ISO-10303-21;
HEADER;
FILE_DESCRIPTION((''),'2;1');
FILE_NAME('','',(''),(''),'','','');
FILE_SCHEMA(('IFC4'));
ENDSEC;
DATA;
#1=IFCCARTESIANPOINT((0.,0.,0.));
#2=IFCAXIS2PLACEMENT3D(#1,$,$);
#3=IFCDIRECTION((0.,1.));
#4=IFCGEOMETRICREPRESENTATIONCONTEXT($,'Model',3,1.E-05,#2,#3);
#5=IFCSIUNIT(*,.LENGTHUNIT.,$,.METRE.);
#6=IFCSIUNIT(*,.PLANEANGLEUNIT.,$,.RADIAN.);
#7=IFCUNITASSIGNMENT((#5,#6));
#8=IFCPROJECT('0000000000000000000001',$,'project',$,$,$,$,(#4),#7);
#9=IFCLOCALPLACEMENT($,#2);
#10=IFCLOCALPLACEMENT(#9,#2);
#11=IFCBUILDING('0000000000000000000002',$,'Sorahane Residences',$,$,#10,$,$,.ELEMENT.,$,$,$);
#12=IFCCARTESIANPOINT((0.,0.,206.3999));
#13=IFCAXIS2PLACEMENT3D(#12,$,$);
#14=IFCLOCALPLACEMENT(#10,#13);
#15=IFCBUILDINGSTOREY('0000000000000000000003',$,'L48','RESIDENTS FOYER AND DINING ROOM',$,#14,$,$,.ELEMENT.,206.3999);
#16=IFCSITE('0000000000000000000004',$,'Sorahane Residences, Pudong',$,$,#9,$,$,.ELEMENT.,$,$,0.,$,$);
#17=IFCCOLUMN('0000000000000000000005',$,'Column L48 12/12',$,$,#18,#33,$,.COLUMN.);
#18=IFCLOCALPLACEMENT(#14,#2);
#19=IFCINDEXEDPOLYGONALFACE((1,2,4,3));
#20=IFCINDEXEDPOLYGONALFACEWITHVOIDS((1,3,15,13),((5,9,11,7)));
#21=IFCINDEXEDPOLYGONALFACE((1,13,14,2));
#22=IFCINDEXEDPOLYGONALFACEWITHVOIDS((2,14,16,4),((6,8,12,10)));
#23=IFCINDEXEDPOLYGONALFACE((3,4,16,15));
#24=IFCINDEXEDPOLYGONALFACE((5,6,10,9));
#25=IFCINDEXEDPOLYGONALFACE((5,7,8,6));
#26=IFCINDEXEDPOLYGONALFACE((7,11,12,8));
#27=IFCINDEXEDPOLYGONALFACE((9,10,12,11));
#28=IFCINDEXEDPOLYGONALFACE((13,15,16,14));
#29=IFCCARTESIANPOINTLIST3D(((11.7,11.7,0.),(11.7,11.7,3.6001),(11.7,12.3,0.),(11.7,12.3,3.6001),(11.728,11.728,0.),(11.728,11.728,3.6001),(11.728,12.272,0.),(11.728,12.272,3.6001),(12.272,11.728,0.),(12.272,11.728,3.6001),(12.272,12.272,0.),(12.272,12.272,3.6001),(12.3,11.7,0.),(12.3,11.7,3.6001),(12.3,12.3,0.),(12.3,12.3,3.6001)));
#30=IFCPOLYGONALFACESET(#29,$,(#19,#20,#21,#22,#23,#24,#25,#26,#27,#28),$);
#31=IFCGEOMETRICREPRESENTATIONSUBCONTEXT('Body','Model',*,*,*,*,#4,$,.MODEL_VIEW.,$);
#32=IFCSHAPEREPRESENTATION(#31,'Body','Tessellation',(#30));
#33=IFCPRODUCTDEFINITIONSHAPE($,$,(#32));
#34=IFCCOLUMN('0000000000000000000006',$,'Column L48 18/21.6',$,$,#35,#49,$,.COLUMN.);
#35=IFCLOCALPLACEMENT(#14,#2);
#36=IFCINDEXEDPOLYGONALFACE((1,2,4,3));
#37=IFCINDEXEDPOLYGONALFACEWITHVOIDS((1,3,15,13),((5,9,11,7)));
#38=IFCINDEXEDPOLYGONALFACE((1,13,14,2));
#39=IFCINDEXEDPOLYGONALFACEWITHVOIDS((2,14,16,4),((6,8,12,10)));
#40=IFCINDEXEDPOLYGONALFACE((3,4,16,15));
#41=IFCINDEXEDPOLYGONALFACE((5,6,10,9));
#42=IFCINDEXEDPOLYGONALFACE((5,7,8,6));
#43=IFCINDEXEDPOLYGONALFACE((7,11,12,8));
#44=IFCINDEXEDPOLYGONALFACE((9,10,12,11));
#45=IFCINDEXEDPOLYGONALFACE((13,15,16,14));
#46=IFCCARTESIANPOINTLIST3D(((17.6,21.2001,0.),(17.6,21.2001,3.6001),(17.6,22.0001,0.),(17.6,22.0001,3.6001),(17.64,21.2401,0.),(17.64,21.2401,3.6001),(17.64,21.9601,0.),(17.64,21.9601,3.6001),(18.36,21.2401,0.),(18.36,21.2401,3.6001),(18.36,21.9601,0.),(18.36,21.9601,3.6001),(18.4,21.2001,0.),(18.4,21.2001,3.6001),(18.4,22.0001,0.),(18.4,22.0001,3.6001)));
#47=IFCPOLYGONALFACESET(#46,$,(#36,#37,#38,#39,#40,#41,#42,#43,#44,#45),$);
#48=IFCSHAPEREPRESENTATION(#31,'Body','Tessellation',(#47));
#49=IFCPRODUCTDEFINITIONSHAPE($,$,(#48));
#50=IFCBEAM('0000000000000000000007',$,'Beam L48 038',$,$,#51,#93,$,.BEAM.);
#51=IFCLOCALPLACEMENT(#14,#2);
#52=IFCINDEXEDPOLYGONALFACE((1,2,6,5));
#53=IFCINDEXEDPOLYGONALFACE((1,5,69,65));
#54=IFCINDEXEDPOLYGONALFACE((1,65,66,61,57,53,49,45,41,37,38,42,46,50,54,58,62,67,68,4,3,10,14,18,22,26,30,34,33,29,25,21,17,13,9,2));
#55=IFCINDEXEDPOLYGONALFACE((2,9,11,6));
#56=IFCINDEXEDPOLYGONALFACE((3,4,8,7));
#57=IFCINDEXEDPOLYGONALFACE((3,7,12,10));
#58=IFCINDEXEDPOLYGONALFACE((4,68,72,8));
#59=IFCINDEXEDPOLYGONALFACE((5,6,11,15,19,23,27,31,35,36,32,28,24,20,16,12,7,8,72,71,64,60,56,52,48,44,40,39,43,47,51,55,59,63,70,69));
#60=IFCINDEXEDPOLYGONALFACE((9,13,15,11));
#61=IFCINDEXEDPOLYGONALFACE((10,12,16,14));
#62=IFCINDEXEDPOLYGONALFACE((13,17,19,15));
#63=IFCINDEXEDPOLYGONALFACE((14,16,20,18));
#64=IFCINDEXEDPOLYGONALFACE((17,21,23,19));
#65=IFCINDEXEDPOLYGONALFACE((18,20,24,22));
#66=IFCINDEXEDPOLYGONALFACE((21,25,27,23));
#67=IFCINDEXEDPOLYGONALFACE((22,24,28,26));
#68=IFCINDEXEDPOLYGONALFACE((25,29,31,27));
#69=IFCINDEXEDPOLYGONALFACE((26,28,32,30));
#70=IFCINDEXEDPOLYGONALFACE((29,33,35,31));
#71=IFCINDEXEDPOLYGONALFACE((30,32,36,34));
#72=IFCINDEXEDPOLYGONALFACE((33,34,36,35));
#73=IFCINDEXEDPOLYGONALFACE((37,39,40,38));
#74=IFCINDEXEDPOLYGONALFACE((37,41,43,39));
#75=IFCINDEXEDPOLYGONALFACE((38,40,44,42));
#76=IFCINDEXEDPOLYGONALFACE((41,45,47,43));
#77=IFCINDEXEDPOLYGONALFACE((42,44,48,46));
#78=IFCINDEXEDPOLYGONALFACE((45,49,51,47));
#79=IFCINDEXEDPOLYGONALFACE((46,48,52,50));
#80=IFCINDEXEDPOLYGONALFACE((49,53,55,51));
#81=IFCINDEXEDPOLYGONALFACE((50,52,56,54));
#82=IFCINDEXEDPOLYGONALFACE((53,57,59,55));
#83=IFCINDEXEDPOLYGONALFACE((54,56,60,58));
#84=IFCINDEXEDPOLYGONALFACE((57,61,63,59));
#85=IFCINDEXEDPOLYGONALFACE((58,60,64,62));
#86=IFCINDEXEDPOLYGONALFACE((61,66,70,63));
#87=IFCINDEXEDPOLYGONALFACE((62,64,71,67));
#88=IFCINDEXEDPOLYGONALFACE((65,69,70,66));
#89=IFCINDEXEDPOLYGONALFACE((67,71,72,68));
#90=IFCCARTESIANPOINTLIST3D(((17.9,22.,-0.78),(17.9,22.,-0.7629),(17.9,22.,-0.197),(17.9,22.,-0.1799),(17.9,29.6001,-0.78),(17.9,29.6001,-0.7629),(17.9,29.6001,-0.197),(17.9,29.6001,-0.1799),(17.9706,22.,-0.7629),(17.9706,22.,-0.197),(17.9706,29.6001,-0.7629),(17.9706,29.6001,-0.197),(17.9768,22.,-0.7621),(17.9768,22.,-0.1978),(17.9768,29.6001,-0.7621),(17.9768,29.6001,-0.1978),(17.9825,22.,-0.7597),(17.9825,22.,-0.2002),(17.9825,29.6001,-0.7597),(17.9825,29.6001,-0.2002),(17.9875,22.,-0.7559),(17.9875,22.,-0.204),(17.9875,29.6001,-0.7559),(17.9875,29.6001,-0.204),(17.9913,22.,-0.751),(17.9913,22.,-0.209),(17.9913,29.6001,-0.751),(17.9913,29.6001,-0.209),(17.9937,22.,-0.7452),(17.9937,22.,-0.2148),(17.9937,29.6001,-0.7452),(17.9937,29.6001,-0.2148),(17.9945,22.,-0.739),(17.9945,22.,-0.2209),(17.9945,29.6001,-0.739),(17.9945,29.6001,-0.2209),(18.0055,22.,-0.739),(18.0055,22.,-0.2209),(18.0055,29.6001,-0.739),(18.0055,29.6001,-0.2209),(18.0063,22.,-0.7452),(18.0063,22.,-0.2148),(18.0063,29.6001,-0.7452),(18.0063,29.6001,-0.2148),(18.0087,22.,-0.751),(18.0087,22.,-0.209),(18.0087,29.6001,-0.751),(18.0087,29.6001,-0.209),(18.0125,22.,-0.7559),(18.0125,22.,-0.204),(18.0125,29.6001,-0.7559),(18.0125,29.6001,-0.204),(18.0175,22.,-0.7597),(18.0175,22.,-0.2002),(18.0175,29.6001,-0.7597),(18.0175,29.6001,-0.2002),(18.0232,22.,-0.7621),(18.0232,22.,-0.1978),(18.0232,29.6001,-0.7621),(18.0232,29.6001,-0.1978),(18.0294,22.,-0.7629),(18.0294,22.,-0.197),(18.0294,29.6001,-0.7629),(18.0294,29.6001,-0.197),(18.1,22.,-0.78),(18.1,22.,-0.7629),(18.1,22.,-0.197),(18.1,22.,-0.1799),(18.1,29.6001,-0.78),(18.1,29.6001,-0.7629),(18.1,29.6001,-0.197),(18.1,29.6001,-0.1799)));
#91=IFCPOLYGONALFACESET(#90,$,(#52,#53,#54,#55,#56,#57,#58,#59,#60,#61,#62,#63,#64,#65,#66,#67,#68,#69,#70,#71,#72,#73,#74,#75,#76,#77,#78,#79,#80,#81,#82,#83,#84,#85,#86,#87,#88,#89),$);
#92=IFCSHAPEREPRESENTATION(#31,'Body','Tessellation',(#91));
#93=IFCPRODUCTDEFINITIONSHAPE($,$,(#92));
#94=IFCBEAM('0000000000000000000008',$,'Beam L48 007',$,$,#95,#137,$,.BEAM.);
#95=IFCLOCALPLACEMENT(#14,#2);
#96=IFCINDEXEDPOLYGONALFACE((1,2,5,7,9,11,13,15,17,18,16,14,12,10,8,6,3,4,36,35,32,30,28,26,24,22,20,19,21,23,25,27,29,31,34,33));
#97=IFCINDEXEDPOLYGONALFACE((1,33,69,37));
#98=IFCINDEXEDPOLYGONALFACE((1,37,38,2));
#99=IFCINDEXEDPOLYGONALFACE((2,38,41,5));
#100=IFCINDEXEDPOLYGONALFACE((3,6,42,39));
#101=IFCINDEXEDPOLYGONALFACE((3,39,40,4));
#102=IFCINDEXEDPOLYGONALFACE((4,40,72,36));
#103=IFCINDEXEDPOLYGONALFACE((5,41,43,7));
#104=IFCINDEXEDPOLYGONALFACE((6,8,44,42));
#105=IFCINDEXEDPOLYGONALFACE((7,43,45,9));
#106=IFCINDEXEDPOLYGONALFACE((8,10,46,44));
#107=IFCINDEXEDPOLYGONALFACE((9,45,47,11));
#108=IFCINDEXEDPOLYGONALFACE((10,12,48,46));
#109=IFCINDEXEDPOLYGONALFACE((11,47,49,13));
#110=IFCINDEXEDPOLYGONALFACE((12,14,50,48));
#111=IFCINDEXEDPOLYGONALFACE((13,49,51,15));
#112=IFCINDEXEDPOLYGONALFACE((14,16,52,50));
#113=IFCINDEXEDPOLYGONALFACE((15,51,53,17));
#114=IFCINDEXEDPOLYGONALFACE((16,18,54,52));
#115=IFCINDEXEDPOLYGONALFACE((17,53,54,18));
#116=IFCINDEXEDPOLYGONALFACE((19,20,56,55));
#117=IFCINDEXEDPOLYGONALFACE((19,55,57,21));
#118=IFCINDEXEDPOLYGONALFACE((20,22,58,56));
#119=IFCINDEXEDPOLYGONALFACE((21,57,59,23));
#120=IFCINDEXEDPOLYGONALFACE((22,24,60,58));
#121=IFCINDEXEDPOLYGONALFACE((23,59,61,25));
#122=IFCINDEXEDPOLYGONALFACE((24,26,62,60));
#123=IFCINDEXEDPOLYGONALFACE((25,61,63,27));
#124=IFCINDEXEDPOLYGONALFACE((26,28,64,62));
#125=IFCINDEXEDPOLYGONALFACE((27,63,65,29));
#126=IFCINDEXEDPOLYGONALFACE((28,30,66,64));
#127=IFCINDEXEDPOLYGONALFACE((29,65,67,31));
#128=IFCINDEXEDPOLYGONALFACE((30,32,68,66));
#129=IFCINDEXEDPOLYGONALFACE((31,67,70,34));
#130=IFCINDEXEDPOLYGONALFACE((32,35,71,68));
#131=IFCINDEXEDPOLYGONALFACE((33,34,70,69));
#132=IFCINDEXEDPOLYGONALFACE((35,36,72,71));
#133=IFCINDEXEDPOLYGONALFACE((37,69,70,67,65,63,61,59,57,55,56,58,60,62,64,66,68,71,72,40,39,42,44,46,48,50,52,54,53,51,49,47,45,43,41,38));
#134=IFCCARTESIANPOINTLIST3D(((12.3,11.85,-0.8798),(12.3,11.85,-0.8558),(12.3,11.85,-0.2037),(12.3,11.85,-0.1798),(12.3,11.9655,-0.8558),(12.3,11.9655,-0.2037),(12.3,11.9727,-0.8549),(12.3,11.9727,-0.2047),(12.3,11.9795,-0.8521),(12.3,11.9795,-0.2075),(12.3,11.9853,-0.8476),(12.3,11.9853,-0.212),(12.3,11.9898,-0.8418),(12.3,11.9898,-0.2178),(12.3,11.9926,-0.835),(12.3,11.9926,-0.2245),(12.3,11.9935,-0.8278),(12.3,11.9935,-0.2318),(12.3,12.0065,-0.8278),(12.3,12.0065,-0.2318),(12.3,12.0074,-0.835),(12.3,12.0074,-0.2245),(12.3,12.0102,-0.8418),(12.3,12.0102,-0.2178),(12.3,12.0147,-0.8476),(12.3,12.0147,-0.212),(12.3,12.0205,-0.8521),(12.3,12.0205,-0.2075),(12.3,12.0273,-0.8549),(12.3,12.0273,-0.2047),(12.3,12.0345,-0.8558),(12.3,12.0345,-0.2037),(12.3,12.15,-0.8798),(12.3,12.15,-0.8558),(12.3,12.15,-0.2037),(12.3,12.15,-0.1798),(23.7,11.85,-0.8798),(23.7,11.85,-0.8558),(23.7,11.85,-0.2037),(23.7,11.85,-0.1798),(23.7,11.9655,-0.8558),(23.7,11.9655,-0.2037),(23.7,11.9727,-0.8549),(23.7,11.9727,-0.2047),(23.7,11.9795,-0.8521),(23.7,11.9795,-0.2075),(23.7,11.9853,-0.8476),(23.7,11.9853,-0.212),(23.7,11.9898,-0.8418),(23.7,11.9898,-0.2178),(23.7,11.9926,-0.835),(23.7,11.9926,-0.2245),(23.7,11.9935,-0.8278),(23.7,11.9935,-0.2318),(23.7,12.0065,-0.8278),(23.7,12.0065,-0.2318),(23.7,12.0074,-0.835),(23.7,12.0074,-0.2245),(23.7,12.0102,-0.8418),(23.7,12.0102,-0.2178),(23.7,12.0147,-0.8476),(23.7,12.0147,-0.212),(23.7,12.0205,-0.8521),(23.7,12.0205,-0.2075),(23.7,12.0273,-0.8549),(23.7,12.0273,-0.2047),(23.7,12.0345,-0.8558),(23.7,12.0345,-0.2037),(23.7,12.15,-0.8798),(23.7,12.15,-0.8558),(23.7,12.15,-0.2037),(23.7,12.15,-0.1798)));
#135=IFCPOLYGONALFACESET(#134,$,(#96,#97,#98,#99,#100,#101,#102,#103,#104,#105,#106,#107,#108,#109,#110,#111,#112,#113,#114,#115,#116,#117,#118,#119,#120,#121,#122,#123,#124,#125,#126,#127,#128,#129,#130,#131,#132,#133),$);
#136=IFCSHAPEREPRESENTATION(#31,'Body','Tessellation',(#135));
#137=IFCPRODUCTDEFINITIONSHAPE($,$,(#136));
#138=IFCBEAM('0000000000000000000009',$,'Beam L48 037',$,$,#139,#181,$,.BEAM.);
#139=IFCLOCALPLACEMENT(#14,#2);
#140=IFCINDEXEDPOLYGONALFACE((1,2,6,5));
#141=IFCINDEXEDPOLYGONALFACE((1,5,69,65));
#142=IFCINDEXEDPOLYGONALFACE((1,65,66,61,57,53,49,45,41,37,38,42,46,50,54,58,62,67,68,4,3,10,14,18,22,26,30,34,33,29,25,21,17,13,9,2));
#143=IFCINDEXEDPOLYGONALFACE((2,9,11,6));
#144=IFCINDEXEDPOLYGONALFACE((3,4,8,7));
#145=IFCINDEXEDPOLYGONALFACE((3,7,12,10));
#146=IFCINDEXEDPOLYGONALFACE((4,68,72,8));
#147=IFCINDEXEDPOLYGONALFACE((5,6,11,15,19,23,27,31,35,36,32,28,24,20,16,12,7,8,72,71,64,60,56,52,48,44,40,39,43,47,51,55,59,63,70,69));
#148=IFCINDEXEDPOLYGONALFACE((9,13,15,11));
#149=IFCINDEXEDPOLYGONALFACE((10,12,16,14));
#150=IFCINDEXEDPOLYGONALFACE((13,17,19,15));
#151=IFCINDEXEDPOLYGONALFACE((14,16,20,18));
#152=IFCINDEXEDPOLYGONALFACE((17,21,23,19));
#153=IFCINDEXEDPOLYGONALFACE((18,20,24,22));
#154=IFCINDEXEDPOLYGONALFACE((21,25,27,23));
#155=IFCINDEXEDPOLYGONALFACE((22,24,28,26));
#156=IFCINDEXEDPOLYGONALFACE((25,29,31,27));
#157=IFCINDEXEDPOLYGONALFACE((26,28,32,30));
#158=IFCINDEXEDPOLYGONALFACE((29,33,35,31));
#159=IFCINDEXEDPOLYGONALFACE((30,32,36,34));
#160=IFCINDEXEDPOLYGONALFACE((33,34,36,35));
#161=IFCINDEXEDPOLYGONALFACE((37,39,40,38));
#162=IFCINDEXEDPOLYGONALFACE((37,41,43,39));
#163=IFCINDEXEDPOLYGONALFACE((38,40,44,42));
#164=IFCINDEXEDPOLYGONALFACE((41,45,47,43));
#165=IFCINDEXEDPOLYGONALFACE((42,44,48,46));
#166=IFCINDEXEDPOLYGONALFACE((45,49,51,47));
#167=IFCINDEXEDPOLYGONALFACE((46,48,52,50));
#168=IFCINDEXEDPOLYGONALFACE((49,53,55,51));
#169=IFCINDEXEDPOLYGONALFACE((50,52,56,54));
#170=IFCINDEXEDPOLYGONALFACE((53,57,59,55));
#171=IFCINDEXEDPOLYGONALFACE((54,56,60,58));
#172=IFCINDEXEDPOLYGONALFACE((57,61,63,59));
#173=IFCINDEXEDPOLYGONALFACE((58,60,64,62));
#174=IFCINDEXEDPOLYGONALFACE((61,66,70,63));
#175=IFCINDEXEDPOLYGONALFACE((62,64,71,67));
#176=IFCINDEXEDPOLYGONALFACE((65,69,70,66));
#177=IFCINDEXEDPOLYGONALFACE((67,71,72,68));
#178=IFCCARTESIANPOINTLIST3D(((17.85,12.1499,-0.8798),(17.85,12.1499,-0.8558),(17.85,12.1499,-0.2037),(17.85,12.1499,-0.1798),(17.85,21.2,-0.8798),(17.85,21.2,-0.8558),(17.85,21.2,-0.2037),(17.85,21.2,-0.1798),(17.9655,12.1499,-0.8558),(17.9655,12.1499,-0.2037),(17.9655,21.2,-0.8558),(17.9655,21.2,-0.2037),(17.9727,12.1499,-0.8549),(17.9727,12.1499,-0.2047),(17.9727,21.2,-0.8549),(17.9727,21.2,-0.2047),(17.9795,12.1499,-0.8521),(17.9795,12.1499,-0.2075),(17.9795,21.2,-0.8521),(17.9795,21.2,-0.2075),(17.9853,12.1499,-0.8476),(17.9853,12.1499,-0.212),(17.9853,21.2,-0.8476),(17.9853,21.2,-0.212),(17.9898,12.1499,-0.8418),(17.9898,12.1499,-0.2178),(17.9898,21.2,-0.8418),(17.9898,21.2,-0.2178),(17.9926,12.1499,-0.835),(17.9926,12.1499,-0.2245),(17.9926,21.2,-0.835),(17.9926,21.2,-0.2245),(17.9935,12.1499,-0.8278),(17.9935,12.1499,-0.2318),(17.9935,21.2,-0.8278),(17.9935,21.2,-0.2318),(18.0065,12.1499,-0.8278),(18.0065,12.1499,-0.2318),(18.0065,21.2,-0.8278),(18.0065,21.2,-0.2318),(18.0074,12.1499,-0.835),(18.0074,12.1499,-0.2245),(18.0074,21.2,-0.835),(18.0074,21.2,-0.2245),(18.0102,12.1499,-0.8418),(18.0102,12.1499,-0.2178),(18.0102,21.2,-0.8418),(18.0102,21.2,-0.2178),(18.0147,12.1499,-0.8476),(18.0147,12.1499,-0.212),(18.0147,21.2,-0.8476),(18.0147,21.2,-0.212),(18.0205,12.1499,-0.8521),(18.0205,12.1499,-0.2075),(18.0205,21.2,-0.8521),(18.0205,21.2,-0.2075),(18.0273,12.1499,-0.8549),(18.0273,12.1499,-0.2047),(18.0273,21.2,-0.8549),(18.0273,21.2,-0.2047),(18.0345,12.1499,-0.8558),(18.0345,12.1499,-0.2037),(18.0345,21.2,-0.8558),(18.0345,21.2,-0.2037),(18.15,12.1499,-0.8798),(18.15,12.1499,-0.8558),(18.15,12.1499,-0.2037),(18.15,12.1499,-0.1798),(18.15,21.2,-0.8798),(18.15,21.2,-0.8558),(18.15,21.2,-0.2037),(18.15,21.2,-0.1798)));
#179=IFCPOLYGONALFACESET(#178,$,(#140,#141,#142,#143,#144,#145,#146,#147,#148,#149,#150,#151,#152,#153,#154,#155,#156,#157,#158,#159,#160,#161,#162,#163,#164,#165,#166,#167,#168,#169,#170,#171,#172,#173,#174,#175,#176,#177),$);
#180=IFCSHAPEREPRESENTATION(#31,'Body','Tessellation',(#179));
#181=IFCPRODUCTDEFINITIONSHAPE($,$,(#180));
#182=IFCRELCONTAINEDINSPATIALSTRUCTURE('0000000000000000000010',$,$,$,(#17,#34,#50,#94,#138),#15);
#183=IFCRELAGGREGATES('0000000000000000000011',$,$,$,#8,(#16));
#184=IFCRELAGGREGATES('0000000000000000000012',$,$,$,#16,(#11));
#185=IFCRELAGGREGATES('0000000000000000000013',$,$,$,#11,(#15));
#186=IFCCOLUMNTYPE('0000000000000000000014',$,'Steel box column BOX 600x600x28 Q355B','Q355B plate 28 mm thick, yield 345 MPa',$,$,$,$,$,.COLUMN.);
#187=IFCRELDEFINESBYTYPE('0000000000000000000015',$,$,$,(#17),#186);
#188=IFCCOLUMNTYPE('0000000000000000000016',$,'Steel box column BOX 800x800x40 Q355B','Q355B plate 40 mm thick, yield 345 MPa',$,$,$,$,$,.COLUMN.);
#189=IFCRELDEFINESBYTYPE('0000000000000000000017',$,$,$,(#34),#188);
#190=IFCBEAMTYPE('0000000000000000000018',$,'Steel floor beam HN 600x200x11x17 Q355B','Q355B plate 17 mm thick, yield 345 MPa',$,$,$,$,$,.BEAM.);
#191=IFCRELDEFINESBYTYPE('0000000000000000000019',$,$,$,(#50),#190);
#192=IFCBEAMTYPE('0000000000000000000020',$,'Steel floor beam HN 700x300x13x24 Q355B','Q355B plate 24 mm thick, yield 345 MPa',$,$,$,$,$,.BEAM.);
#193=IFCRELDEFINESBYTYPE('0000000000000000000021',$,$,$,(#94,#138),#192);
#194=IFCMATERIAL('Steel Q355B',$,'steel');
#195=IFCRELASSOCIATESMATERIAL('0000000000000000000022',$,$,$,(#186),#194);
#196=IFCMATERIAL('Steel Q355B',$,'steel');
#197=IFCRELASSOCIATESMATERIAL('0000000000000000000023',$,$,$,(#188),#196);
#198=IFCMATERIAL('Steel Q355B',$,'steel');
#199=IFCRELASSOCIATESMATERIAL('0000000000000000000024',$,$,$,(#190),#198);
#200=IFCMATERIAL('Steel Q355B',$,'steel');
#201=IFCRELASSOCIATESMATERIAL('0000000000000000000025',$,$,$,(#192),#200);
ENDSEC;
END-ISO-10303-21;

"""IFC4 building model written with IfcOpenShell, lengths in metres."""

from ifc_helpers import new_model, si_unit, direction, frame, origin, origin_2d, place, context, subcontext, project, spatial, hollow_rectangle, i_section, extrude, material, material_profile, profile_set, type_object, element, save


model = new_model("IFC4")

# Units and contexts
model_context = context("Model", 3, precision=1e-05, world=origin(), true_north=direction((0.0, 1.0)))
body_context = subcontext(model_context, "Body", "Model", "MODEL_VIEW")
ifc_project = project(units=[si_unit("LENGTHUNIT", "METRE"), si_unit("PLANEANGLEUNIT", "RADIAN")], contexts=[model_context])

# Site, building, storey
site_placement = place(None, origin())
site = spatial("IfcSite", under=ifc_project, at=site_placement, Name="Sorahane Residences, Pudong", CompositionType="ELEMENT", RefElevation=0.0)
building_placement = place(site_placement, origin())
building = spatial("IfcBuilding", under=site, at=building_placement, Name="Sorahane Residences", CompositionType="ELEMENT")
storey_placement = place(building_placement, frame((0.0, 0.0, 206.3999)))
storey = spatial("IfcBuildingStorey", under=building, at=storey_placement, Name="L48", Description="RESIDENTS FOYER AND DINING ROOM", CompositionType="ELEMENT", Elevation=206.3999)

# Columns
ifc_material_1 = material(Name="Steel Q355B", Category="steel")
ifc_material_profile_1 = material_profile(ifc_material_1, hollow_rectangle(XDim=0.6001, YDim=0.6001, WallThickness=0.0281, at=origin_2d()), Name="BOX 600x600x28")
ifc_profile_set_1 = profile_set([ifc_material_profile_1], Name="Steel Q355B")
column_type_1 = type_object("IfcColumnType", Name="Steel box column BOX 600x600x28 Q355B", Description="Q355B plate 28 mm thick, yield 345 MPa", PredefinedType="COLUMN", material=ifc_profile_set_1)
column_1_placement = place(storey_placement, frame((12.0, 12.0, 0.0), z_axis=(0.0, 0.0, 1.0), x_axis=(1.0, 0.0, 0.0)))
element("IfcColumn", 1, at=column_1_placement, inside=storey, type_object=column_type_1, Name="Column L48 12/12", PredefinedType="COLUMN", context=body_context, shape_type="SweptSolid", body=[
    extrude(hollow_rectangle(XDim=0.6001, YDim=0.6001, WallThickness=0.0281, at=origin_2d()), origin(), (0.0, 0.0, 1.0), 3.6001),
])
ifc_material_2 = material(Name="Steel Q355B", Category="steel")
ifc_material_profile_2 = material_profile(ifc_material_2, hollow_rectangle(XDim=0.8, YDim=0.8, WallThickness=0.04, at=origin_2d()), Name="BOX 800x800x40")
ifc_profile_set_2 = profile_set([ifc_material_profile_2], Name="Steel Q355B")
column_type_2 = type_object("IfcColumnType", Name="Steel box column BOX 800x800x40 Q355B", Description="Q355B plate 40 mm thick, yield 345 MPa", PredefinedType="COLUMN", material=ifc_profile_set_2)
column_2_placement = place(storey_placement, frame((18.0, 21.6001, 0.0), z_axis=(0.0, 0.0, 1.0), x_axis=(1.0, 0.0, 0.0)))
element("IfcColumn", 2, at=column_2_placement, inside=storey, type_object=column_type_2, Name="Column L48 18/21.6", PredefinedType="COLUMN", context=body_context, shape_type="SweptSolid", body=[
    extrude(hollow_rectangle(XDim=0.8, YDim=0.8, WallThickness=0.04, at=origin_2d()), origin(), (0.0, 0.0, 1.0), 3.6001),
])

# Beams
ifc_material_3 = material(Name="Steel Q355B", Category="steel")
ifc_material_profile_3 = material_profile(ifc_material_3, i_section(OverallWidth=0.2, OverallDepth=0.6001, WebThickness=0.011, FlangeThickness=0.0171, FilletRadius=0.0239, at=origin_2d()), Name="HN 600x200x11x17")
ifc_profile_set_3 = profile_set([ifc_material_profile_3], Name="Steel Q355B")
beam_type_1 = type_object("IfcBeamType", Name="Steel floor beam HN 600x200x11x17 Q355B", Description="Q355B plate 17 mm thick, yield 345 MPa", PredefinedType="BEAM", material=ifc_profile_set_3)
beam_1_placement = place(storey_placement, frame((18.0, 22.0, -0.48), z_axis=(0.0, 1.0, 0.0), x_axis=(-1.0, 0.0, 0.0)))
element("IfcBeam", 3, at=beam_1_placement, inside=storey, type_object=beam_type_1, Name="Beam L48 038", PredefinedType="BEAM", context=body_context, shape_type="SweptSolid", body=[
    extrude(i_section(OverallWidth=0.2, OverallDepth=0.6001, WebThickness=0.011, FlangeThickness=0.0171, FilletRadius=0.0239, at=origin_2d()), origin(), (0.0, 0.0, 1.0), 7.6001),
])
ifc_material_4 = material(Name="Steel Q355B", Category="steel")
ifc_material_profile_4 = material_profile(ifc_material_4, i_section(OverallWidth=0.3, OverallDepth=0.7, WebThickness=0.0129, FlangeThickness=0.0239, FilletRadius=0.0281, at=origin_2d()), Name="HN 700x300x13x24")
ifc_profile_set_4 = profile_set([ifc_material_profile_4], Name="Steel Q355B")
beam_type_2 = type_object("IfcBeamType", Name="Steel floor beam HN 700x300x13x24 Q355B", Description="Q355B plate 24 mm thick, yield 345 MPa", PredefinedType="BEAM", material=ifc_profile_set_4)
beam_2_placement = place(storey_placement, frame((12.3, 12.0, -0.5298), z_axis=(1.0, 0.0, 0.0), x_axis=(0.0, 1.0, 0.0)))
element("IfcBeam", 4, at=beam_2_placement, inside=storey, type_object=beam_type_2, Name="Beam L48 007", PredefinedType="BEAM", context=body_context, shape_type="SweptSolid", body=[
    extrude(i_section(OverallWidth=0.3, OverallDepth=0.7, WebThickness=0.0129, FlangeThickness=0.0239, FilletRadius=0.0281, at=origin_2d()), origin(), (0.0, 0.0, 1.0), 11.3999),
])
beam_3_placement = place(storey_placement, frame((18.0, 12.1499, -0.5298), z_axis=(0.0, 1.0, 0.0), x_axis=(-1.0, 0.0, 0.0)))
element("IfcBeam", 5, at=beam_3_placement, inside=storey, type_object=beam_type_2, Name="Beam L48 037", PredefinedType="BEAM", context=body_context, shape_type="SweptSolid", body=[
    extrude(i_section(OverallWidth=0.3, OverallDepth=0.7, WebThickness=0.0129, FlangeThickness=0.0239, FilletRadius=0.0281, at=origin_2d()), origin(), (0.0, 0.0, 1.0), 9.05),
])

save(model, "model.ifc")
